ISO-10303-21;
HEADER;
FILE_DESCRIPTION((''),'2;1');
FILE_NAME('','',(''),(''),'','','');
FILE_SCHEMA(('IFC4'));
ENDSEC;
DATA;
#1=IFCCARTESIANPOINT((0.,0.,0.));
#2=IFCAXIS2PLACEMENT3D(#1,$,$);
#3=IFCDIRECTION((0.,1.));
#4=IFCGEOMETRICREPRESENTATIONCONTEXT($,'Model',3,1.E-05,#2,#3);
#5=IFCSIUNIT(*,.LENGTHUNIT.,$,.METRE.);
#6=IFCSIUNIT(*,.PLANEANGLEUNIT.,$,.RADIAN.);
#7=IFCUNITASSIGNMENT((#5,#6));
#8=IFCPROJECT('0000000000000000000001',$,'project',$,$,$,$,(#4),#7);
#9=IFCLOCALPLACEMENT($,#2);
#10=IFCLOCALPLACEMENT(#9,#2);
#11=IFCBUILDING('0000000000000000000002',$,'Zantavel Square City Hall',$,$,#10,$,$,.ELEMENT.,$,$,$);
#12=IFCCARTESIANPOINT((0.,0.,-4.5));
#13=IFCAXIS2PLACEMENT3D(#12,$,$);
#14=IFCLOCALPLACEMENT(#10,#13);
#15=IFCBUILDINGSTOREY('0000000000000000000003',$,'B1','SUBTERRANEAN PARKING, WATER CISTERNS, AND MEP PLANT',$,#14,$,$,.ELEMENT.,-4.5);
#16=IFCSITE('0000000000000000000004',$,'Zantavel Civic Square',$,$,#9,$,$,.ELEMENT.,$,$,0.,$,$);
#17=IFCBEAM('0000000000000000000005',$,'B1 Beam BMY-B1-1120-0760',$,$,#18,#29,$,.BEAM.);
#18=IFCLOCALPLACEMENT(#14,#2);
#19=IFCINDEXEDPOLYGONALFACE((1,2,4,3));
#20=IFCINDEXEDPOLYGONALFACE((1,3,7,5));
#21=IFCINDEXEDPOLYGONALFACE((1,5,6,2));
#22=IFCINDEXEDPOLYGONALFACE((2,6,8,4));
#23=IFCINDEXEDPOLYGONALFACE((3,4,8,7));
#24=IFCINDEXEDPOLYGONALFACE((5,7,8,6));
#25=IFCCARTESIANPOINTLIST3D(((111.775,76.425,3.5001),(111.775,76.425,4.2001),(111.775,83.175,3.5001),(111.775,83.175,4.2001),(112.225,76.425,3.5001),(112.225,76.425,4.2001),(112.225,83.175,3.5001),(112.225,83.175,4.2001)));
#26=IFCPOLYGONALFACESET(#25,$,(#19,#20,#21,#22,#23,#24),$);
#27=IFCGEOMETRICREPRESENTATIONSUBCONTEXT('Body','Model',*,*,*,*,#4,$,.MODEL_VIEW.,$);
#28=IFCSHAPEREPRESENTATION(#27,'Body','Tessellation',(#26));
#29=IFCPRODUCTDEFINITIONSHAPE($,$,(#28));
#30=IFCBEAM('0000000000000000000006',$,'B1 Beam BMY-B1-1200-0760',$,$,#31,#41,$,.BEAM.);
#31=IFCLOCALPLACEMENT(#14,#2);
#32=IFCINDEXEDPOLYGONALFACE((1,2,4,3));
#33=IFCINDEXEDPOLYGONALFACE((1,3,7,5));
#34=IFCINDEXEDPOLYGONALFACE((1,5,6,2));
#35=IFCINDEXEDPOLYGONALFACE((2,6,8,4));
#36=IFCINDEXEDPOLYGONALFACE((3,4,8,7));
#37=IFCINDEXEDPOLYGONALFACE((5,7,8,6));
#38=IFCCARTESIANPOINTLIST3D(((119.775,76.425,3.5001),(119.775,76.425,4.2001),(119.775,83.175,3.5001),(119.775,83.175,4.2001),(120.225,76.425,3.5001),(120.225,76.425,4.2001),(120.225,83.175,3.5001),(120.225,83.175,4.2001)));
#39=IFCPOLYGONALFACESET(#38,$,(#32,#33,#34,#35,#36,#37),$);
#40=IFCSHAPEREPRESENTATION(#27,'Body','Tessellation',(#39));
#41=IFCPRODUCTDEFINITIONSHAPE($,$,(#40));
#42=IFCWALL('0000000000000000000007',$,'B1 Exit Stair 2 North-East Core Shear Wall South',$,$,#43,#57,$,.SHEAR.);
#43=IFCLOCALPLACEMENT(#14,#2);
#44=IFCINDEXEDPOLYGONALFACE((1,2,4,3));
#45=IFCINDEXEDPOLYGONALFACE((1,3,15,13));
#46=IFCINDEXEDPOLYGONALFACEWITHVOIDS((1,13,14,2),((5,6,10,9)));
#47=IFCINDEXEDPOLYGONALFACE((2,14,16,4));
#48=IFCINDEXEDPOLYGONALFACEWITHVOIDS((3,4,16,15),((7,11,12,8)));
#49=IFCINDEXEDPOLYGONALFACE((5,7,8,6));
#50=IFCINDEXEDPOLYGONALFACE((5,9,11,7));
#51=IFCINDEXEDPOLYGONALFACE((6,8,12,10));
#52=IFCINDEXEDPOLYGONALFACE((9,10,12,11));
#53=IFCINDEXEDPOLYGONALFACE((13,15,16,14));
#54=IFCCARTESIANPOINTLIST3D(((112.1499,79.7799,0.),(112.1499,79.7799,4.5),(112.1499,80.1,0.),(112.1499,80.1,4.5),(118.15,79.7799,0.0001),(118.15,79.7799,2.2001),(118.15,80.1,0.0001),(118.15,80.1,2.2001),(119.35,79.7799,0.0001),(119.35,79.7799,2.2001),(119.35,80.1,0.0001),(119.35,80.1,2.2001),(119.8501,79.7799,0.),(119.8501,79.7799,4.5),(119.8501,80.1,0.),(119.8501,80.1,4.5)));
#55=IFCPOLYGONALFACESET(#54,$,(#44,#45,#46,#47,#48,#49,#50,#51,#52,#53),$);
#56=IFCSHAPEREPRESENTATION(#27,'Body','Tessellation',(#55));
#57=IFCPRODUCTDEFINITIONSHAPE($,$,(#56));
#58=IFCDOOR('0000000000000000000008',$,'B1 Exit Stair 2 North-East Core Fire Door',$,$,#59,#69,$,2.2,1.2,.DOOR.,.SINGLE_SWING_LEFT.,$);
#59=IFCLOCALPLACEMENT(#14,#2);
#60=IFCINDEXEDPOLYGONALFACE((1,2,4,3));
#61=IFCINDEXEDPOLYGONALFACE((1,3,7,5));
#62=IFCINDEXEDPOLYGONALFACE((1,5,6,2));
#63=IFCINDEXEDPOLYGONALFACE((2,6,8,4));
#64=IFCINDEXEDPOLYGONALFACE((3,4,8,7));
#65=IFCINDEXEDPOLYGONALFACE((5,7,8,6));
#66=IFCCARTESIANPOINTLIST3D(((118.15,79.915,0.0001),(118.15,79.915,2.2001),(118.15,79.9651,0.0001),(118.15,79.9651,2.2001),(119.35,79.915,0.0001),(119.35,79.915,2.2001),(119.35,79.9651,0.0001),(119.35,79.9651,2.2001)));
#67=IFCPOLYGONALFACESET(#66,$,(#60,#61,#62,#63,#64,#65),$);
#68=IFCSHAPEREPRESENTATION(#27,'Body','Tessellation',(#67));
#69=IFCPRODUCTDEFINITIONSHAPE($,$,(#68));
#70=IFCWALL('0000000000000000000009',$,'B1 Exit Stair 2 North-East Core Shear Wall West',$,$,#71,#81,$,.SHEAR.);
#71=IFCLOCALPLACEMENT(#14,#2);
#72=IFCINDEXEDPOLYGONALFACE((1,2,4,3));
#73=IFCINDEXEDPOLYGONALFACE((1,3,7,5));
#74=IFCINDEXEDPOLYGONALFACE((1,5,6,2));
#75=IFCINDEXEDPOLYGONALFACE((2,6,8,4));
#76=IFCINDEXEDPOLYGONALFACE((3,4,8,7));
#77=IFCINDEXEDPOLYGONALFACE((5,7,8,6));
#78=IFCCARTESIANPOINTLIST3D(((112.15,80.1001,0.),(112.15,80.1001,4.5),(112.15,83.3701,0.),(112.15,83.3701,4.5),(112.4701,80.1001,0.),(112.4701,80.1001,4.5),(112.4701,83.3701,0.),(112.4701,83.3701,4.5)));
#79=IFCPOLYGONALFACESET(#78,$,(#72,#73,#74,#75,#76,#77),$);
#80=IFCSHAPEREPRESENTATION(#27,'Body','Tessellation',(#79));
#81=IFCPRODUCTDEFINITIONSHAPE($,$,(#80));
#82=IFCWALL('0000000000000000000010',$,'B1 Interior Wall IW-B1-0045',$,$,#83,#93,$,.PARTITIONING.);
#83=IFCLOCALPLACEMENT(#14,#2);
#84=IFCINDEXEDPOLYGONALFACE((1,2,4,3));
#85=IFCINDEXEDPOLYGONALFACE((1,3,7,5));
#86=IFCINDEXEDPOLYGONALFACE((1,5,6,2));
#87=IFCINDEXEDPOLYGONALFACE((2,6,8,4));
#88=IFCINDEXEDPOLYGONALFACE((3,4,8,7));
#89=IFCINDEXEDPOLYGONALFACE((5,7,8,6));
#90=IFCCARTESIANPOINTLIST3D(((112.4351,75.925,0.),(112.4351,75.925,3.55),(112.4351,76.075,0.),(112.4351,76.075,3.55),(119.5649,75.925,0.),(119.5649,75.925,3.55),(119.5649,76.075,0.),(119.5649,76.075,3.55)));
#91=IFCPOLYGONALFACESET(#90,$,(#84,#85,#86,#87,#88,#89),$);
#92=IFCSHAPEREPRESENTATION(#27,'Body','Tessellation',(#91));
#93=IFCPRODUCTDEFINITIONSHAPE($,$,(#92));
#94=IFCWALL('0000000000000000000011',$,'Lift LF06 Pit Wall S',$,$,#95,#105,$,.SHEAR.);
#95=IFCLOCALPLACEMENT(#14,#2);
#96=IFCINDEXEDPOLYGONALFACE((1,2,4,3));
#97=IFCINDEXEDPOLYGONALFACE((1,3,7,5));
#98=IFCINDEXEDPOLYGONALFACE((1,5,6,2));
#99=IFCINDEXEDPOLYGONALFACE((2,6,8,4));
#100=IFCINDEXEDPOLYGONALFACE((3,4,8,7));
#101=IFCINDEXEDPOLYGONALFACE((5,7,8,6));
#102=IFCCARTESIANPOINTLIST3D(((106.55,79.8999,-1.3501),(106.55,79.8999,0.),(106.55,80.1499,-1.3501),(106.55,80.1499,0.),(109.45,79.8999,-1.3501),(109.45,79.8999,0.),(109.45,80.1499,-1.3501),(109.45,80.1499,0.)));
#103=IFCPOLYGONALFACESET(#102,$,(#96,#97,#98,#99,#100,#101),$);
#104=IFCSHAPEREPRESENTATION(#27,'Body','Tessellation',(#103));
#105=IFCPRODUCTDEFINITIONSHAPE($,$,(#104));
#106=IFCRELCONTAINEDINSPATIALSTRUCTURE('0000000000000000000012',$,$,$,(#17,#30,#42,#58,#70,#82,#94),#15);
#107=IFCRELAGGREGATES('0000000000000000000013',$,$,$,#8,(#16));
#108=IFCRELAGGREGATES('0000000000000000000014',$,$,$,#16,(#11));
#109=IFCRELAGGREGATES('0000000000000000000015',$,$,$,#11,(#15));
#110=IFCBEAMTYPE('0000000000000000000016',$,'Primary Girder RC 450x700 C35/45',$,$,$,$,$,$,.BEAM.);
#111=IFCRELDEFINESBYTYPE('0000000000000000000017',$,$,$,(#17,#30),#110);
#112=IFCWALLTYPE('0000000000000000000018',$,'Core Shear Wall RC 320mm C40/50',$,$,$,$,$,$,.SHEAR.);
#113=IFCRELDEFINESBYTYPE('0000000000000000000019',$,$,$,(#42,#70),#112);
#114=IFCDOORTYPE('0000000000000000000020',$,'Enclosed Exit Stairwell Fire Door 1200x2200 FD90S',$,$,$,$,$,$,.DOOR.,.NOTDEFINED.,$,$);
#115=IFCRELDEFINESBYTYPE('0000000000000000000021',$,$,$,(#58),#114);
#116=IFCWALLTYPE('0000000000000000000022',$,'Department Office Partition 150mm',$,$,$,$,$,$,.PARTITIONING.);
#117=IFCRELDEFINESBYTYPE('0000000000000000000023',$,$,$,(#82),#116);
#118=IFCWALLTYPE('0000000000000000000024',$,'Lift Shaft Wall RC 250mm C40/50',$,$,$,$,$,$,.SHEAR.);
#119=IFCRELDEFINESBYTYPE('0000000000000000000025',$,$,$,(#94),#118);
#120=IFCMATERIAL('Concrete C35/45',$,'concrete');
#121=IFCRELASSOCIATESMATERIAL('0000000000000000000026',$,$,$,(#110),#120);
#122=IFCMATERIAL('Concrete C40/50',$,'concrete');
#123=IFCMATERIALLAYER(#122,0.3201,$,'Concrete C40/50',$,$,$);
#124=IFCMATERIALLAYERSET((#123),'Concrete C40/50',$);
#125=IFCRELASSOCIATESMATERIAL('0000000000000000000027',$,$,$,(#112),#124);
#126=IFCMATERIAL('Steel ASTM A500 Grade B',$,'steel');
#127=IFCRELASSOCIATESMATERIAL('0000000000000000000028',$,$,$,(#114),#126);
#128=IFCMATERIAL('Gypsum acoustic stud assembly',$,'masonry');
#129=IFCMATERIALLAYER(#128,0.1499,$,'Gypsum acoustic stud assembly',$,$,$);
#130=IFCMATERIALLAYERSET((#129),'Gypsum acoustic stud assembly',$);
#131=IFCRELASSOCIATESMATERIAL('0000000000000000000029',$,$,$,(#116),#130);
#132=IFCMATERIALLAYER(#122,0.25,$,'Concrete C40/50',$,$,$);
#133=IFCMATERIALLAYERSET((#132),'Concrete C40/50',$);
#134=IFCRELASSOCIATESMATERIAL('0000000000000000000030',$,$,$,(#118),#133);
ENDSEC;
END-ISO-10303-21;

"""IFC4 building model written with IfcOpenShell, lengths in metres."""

from ifc_helpers import new_model, si_unit, direction, frame, frame_2d, origin, origin_2d, place, context, subcontext, project, spatial, rectangle, extrude, material, layer, layer_set, material_profile, profile_set, type_object, element, fill, save


model = new_model("IFC4")

# Units and contexts
model_context = context("Model", 3, precision=1e-05, world=origin(), true_north=direction((0.0, 1.0)))
body_context = subcontext(model_context, "Body", "Model", "MODEL_VIEW")
ifc_project = project(units=[si_unit("LENGTHUNIT", "METRE"), si_unit("PLANEANGLEUNIT", "RADIAN")], contexts=[model_context])

# Site, building, storey
site_placement = place(None, origin())
site = spatial("IfcSite", under=ifc_project, at=site_placement, Name="Zantavel Civic Square", CompositionType="ELEMENT", RefElevation=0.0)
building_placement = place(site_placement, origin())
building = spatial("IfcBuilding", under=site, at=building_placement, Name="Zantavel Square City Hall", CompositionType="ELEMENT")
storey_placement = place(building_placement, frame((0.0, 0.0, -4.5)))
storey = spatial("IfcBuildingStorey", under=building, at=storey_placement, Name="B1", Description="SUBTERRANEAN PARKING, WATER CISTERNS, AND MEP PLANT", CompositionType="ELEMENT", Elevation=-4.5)

# Shared definitions
ifc_material_1 = material(Name="Concrete C35/45", Category="concrete")

# Shared definitions
ifc_material_2 = material(Name="Concrete C40/50", Category="concrete")

# Beams
ifc_material_profile_1 = material_profile(ifc_material_1, rectangle(XDim=0.45, YDim=0.7, at=origin_2d()), Name="RC 450x700")
ifc_profile_set_1 = profile_set([ifc_material_profile_1], Name="Concrete C35/45")
beam_type_1 = type_object("IfcBeamType", Name="Primary Girder RC 450x700 C35/45", PredefinedType="BEAM", material=ifc_profile_set_1)
for number, where, z_axis, x_axis, name in (
    (1, (112.0, 76.425, 3.8501), (0.0, 1.0, 0.0), (-1.0, 0.0, 0.0), "B1 Beam BMY-B1-1120-0760"),
    (2, (120.0, 76.425, 3.8501), (0.0, 1.0, 0.0), (-1.0, 0.0, 0.0), "B1 Beam BMY-B1-1200-0760"),
):
    element("IfcBeam", number, at=place(storey_placement, frame(where, z_axis=z_axis, x_axis=x_axis)), inside=storey, type_object=beam_type_1, Name=name, PredefinedType="BEAM", context=body_context, shape_type="SweptSolid", body=[
        extrude(rectangle(XDim=0.45, YDim=0.7, at=origin_2d()), origin(), (0.0, 0.0, 1.0), 6.75),
    ])

# Wall, opening, door
ifc_layer_1 = layer(ifc_material_2, 0.3201, Name="Concrete C40/50")
ifc_layer_set_1 = layer_set([ifc_layer_1], Name="Concrete C40/50")
wall_type_1 = type_object("IfcWallType", Name="Core Shear Wall RC 320mm C40/50", PredefinedType="SHEAR", material=ifc_layer_set_1)
wall_1_placement = place(storey_placement, frame((119.8501, 79.9399, 0.0), z_axis=(0.0, 0.0, 1.0), x_axis=(-1.0, 0.0, 0.0)))
wall_1 = element("IfcWall", 3, at=wall_1_placement, inside=storey, type_object=wall_type_1, Name="B1 Exit Stair 2 North-East Core Shear Wall South", PredefinedType="SHEAR", context=body_context, shape_type="SweptSolid", body=[
    extrude(rectangle(XDim=7.7002, YDim=0.3201, at=frame_2d((3.8501, 0.0))), origin(), (0.0, 0.0, 1.0), 4.5),
])
opening_1_placement = place(wall_1_placement, frame((0.5, 0.0, 0.0)))
opening_1 = element("IfcOpeningElement", 4, at=opening_1_placement, cuts=wall_1, PredefinedType="OPENING", context=body_context, shape_type="SweptSolid", body=[
    extrude(rectangle(XDim=1.2, YDim=2.2, at=frame_2d((0.6001, 1.1001))), frame((0.0, 0.1699, 0.0), z_axis=(0.0, -1.0, 0.0), x_axis=(1.0, 0.0, 0.0)), (0.0, 0.0, 1.0), 0.3401),
])
ifc_material_3 = material(Name="Steel ASTM A500 Grade B", Category="steel")
door_type_1 = type_object("IfcDoorType", Name="Enclosed Exit Stairwell Fire Door 1200x2200 FD90S", OperationType="NOTDEFINED", PredefinedType="DOOR", material=ifc_material_3)
door_1_placement = place(opening_1_placement, origin())
door_1 = element("IfcDoor", 5, at=door_1_placement, inside=storey, type_object=door_type_1, Name="B1 Exit Stair 2 North-East Core Fire Door", OperationType="SINGLE_SWING_LEFT", OverallHeight=2.2, OverallWidth=1.2, PredefinedType="DOOR", context=body_context, shape_type="SweptSolid", body=[
    extrude(rectangle(XDim=1.2, YDim=2.2, at=frame_2d((0.6001, 1.1001))), frame((0.0, 0.0249, 0.0), z_axis=(0.0, -1.0, 0.0), x_axis=(1.0, 0.0, 0.0)), (0.0, 0.0, 1.0), 0.05),
])
fill(opening_1, door_1)

# Walls
wall_2_placement = place(storey_placement, frame((112.3101, 80.1001, 0.0), z_axis=(0.0, 0.0, 1.0), x_axis=(0.0, 1.0, 0.0)))
element("IfcWall", 6, at=wall_2_placement, inside=storey, type_object=wall_type_1, Name="B1 Exit Stair 2 North-East Core Shear Wall West", PredefinedType="SHEAR", context=body_context, shape_type="SweptSolid", body=[
    extrude(rectangle(XDim=3.27, YDim=0.3201, at=frame_2d((1.635, 0.0))), origin(), (0.0, 0.0, 1.0), 4.5),
])
ifc_material_4 = material(Name="Gypsum acoustic stud assembly", Category="masonry")
ifc_layer_2 = layer(ifc_material_4, 0.1499, Name="Gypsum acoustic stud assembly")
ifc_layer_set_2 = layer_set([ifc_layer_2], Name="Gypsum acoustic stud assembly")
wall_type_2 = type_object("IfcWallType", Name="Department Office Partition 150mm", PredefinedType="PARTITIONING", material=ifc_layer_set_2)
wall_3_placement = place(storey_placement, frame((119.5649, 76.0, 0.0), z_axis=(0.0, 0.0, 1.0), x_axis=(-1.0, 0.0, 0.0)))
element("IfcWall", 7, at=wall_3_placement, inside=storey, type_object=wall_type_2, Name="B1 Interior Wall IW-B1-0045", PredefinedType="PARTITIONING", context=body_context, shape_type="SweptSolid", body=[
    extrude(rectangle(XDim=7.1299, YDim=0.1499, at=frame_2d((3.5649, 0.0))), origin(), (0.0, 0.0, 1.0), 3.55),
])
ifc_layer_3 = layer(ifc_material_2, 0.25, Name="Concrete C40/50")
ifc_layer_set_3 = layer_set([ifc_layer_3], Name="Concrete C40/50")
wall_type_3 = type_object("IfcWallType", Name="Lift Shaft Wall RC 250mm C40/50", PredefinedType="SHEAR", material=ifc_layer_set_3)
wall_4_placement = place(storey_placement, frame((109.45, 80.0249, -1.3501), z_axis=(0.0, 0.0, 1.0), x_axis=(-1.0, 0.0, 0.0)))
element("IfcWall", 8, at=wall_4_placement, inside=storey, type_object=wall_type_3, Name="Lift LF06 Pit Wall S", PredefinedType="SHEAR", context=body_context, shape_type="SweptSolid", body=[
    extrude(rectangle(XDim=2.8999, YDim=0.25, at=frame_2d((1.45, 0.0))), origin(), (0.0, 0.0, 1.0), 1.3501),
])

save(model, "model.ifc")
